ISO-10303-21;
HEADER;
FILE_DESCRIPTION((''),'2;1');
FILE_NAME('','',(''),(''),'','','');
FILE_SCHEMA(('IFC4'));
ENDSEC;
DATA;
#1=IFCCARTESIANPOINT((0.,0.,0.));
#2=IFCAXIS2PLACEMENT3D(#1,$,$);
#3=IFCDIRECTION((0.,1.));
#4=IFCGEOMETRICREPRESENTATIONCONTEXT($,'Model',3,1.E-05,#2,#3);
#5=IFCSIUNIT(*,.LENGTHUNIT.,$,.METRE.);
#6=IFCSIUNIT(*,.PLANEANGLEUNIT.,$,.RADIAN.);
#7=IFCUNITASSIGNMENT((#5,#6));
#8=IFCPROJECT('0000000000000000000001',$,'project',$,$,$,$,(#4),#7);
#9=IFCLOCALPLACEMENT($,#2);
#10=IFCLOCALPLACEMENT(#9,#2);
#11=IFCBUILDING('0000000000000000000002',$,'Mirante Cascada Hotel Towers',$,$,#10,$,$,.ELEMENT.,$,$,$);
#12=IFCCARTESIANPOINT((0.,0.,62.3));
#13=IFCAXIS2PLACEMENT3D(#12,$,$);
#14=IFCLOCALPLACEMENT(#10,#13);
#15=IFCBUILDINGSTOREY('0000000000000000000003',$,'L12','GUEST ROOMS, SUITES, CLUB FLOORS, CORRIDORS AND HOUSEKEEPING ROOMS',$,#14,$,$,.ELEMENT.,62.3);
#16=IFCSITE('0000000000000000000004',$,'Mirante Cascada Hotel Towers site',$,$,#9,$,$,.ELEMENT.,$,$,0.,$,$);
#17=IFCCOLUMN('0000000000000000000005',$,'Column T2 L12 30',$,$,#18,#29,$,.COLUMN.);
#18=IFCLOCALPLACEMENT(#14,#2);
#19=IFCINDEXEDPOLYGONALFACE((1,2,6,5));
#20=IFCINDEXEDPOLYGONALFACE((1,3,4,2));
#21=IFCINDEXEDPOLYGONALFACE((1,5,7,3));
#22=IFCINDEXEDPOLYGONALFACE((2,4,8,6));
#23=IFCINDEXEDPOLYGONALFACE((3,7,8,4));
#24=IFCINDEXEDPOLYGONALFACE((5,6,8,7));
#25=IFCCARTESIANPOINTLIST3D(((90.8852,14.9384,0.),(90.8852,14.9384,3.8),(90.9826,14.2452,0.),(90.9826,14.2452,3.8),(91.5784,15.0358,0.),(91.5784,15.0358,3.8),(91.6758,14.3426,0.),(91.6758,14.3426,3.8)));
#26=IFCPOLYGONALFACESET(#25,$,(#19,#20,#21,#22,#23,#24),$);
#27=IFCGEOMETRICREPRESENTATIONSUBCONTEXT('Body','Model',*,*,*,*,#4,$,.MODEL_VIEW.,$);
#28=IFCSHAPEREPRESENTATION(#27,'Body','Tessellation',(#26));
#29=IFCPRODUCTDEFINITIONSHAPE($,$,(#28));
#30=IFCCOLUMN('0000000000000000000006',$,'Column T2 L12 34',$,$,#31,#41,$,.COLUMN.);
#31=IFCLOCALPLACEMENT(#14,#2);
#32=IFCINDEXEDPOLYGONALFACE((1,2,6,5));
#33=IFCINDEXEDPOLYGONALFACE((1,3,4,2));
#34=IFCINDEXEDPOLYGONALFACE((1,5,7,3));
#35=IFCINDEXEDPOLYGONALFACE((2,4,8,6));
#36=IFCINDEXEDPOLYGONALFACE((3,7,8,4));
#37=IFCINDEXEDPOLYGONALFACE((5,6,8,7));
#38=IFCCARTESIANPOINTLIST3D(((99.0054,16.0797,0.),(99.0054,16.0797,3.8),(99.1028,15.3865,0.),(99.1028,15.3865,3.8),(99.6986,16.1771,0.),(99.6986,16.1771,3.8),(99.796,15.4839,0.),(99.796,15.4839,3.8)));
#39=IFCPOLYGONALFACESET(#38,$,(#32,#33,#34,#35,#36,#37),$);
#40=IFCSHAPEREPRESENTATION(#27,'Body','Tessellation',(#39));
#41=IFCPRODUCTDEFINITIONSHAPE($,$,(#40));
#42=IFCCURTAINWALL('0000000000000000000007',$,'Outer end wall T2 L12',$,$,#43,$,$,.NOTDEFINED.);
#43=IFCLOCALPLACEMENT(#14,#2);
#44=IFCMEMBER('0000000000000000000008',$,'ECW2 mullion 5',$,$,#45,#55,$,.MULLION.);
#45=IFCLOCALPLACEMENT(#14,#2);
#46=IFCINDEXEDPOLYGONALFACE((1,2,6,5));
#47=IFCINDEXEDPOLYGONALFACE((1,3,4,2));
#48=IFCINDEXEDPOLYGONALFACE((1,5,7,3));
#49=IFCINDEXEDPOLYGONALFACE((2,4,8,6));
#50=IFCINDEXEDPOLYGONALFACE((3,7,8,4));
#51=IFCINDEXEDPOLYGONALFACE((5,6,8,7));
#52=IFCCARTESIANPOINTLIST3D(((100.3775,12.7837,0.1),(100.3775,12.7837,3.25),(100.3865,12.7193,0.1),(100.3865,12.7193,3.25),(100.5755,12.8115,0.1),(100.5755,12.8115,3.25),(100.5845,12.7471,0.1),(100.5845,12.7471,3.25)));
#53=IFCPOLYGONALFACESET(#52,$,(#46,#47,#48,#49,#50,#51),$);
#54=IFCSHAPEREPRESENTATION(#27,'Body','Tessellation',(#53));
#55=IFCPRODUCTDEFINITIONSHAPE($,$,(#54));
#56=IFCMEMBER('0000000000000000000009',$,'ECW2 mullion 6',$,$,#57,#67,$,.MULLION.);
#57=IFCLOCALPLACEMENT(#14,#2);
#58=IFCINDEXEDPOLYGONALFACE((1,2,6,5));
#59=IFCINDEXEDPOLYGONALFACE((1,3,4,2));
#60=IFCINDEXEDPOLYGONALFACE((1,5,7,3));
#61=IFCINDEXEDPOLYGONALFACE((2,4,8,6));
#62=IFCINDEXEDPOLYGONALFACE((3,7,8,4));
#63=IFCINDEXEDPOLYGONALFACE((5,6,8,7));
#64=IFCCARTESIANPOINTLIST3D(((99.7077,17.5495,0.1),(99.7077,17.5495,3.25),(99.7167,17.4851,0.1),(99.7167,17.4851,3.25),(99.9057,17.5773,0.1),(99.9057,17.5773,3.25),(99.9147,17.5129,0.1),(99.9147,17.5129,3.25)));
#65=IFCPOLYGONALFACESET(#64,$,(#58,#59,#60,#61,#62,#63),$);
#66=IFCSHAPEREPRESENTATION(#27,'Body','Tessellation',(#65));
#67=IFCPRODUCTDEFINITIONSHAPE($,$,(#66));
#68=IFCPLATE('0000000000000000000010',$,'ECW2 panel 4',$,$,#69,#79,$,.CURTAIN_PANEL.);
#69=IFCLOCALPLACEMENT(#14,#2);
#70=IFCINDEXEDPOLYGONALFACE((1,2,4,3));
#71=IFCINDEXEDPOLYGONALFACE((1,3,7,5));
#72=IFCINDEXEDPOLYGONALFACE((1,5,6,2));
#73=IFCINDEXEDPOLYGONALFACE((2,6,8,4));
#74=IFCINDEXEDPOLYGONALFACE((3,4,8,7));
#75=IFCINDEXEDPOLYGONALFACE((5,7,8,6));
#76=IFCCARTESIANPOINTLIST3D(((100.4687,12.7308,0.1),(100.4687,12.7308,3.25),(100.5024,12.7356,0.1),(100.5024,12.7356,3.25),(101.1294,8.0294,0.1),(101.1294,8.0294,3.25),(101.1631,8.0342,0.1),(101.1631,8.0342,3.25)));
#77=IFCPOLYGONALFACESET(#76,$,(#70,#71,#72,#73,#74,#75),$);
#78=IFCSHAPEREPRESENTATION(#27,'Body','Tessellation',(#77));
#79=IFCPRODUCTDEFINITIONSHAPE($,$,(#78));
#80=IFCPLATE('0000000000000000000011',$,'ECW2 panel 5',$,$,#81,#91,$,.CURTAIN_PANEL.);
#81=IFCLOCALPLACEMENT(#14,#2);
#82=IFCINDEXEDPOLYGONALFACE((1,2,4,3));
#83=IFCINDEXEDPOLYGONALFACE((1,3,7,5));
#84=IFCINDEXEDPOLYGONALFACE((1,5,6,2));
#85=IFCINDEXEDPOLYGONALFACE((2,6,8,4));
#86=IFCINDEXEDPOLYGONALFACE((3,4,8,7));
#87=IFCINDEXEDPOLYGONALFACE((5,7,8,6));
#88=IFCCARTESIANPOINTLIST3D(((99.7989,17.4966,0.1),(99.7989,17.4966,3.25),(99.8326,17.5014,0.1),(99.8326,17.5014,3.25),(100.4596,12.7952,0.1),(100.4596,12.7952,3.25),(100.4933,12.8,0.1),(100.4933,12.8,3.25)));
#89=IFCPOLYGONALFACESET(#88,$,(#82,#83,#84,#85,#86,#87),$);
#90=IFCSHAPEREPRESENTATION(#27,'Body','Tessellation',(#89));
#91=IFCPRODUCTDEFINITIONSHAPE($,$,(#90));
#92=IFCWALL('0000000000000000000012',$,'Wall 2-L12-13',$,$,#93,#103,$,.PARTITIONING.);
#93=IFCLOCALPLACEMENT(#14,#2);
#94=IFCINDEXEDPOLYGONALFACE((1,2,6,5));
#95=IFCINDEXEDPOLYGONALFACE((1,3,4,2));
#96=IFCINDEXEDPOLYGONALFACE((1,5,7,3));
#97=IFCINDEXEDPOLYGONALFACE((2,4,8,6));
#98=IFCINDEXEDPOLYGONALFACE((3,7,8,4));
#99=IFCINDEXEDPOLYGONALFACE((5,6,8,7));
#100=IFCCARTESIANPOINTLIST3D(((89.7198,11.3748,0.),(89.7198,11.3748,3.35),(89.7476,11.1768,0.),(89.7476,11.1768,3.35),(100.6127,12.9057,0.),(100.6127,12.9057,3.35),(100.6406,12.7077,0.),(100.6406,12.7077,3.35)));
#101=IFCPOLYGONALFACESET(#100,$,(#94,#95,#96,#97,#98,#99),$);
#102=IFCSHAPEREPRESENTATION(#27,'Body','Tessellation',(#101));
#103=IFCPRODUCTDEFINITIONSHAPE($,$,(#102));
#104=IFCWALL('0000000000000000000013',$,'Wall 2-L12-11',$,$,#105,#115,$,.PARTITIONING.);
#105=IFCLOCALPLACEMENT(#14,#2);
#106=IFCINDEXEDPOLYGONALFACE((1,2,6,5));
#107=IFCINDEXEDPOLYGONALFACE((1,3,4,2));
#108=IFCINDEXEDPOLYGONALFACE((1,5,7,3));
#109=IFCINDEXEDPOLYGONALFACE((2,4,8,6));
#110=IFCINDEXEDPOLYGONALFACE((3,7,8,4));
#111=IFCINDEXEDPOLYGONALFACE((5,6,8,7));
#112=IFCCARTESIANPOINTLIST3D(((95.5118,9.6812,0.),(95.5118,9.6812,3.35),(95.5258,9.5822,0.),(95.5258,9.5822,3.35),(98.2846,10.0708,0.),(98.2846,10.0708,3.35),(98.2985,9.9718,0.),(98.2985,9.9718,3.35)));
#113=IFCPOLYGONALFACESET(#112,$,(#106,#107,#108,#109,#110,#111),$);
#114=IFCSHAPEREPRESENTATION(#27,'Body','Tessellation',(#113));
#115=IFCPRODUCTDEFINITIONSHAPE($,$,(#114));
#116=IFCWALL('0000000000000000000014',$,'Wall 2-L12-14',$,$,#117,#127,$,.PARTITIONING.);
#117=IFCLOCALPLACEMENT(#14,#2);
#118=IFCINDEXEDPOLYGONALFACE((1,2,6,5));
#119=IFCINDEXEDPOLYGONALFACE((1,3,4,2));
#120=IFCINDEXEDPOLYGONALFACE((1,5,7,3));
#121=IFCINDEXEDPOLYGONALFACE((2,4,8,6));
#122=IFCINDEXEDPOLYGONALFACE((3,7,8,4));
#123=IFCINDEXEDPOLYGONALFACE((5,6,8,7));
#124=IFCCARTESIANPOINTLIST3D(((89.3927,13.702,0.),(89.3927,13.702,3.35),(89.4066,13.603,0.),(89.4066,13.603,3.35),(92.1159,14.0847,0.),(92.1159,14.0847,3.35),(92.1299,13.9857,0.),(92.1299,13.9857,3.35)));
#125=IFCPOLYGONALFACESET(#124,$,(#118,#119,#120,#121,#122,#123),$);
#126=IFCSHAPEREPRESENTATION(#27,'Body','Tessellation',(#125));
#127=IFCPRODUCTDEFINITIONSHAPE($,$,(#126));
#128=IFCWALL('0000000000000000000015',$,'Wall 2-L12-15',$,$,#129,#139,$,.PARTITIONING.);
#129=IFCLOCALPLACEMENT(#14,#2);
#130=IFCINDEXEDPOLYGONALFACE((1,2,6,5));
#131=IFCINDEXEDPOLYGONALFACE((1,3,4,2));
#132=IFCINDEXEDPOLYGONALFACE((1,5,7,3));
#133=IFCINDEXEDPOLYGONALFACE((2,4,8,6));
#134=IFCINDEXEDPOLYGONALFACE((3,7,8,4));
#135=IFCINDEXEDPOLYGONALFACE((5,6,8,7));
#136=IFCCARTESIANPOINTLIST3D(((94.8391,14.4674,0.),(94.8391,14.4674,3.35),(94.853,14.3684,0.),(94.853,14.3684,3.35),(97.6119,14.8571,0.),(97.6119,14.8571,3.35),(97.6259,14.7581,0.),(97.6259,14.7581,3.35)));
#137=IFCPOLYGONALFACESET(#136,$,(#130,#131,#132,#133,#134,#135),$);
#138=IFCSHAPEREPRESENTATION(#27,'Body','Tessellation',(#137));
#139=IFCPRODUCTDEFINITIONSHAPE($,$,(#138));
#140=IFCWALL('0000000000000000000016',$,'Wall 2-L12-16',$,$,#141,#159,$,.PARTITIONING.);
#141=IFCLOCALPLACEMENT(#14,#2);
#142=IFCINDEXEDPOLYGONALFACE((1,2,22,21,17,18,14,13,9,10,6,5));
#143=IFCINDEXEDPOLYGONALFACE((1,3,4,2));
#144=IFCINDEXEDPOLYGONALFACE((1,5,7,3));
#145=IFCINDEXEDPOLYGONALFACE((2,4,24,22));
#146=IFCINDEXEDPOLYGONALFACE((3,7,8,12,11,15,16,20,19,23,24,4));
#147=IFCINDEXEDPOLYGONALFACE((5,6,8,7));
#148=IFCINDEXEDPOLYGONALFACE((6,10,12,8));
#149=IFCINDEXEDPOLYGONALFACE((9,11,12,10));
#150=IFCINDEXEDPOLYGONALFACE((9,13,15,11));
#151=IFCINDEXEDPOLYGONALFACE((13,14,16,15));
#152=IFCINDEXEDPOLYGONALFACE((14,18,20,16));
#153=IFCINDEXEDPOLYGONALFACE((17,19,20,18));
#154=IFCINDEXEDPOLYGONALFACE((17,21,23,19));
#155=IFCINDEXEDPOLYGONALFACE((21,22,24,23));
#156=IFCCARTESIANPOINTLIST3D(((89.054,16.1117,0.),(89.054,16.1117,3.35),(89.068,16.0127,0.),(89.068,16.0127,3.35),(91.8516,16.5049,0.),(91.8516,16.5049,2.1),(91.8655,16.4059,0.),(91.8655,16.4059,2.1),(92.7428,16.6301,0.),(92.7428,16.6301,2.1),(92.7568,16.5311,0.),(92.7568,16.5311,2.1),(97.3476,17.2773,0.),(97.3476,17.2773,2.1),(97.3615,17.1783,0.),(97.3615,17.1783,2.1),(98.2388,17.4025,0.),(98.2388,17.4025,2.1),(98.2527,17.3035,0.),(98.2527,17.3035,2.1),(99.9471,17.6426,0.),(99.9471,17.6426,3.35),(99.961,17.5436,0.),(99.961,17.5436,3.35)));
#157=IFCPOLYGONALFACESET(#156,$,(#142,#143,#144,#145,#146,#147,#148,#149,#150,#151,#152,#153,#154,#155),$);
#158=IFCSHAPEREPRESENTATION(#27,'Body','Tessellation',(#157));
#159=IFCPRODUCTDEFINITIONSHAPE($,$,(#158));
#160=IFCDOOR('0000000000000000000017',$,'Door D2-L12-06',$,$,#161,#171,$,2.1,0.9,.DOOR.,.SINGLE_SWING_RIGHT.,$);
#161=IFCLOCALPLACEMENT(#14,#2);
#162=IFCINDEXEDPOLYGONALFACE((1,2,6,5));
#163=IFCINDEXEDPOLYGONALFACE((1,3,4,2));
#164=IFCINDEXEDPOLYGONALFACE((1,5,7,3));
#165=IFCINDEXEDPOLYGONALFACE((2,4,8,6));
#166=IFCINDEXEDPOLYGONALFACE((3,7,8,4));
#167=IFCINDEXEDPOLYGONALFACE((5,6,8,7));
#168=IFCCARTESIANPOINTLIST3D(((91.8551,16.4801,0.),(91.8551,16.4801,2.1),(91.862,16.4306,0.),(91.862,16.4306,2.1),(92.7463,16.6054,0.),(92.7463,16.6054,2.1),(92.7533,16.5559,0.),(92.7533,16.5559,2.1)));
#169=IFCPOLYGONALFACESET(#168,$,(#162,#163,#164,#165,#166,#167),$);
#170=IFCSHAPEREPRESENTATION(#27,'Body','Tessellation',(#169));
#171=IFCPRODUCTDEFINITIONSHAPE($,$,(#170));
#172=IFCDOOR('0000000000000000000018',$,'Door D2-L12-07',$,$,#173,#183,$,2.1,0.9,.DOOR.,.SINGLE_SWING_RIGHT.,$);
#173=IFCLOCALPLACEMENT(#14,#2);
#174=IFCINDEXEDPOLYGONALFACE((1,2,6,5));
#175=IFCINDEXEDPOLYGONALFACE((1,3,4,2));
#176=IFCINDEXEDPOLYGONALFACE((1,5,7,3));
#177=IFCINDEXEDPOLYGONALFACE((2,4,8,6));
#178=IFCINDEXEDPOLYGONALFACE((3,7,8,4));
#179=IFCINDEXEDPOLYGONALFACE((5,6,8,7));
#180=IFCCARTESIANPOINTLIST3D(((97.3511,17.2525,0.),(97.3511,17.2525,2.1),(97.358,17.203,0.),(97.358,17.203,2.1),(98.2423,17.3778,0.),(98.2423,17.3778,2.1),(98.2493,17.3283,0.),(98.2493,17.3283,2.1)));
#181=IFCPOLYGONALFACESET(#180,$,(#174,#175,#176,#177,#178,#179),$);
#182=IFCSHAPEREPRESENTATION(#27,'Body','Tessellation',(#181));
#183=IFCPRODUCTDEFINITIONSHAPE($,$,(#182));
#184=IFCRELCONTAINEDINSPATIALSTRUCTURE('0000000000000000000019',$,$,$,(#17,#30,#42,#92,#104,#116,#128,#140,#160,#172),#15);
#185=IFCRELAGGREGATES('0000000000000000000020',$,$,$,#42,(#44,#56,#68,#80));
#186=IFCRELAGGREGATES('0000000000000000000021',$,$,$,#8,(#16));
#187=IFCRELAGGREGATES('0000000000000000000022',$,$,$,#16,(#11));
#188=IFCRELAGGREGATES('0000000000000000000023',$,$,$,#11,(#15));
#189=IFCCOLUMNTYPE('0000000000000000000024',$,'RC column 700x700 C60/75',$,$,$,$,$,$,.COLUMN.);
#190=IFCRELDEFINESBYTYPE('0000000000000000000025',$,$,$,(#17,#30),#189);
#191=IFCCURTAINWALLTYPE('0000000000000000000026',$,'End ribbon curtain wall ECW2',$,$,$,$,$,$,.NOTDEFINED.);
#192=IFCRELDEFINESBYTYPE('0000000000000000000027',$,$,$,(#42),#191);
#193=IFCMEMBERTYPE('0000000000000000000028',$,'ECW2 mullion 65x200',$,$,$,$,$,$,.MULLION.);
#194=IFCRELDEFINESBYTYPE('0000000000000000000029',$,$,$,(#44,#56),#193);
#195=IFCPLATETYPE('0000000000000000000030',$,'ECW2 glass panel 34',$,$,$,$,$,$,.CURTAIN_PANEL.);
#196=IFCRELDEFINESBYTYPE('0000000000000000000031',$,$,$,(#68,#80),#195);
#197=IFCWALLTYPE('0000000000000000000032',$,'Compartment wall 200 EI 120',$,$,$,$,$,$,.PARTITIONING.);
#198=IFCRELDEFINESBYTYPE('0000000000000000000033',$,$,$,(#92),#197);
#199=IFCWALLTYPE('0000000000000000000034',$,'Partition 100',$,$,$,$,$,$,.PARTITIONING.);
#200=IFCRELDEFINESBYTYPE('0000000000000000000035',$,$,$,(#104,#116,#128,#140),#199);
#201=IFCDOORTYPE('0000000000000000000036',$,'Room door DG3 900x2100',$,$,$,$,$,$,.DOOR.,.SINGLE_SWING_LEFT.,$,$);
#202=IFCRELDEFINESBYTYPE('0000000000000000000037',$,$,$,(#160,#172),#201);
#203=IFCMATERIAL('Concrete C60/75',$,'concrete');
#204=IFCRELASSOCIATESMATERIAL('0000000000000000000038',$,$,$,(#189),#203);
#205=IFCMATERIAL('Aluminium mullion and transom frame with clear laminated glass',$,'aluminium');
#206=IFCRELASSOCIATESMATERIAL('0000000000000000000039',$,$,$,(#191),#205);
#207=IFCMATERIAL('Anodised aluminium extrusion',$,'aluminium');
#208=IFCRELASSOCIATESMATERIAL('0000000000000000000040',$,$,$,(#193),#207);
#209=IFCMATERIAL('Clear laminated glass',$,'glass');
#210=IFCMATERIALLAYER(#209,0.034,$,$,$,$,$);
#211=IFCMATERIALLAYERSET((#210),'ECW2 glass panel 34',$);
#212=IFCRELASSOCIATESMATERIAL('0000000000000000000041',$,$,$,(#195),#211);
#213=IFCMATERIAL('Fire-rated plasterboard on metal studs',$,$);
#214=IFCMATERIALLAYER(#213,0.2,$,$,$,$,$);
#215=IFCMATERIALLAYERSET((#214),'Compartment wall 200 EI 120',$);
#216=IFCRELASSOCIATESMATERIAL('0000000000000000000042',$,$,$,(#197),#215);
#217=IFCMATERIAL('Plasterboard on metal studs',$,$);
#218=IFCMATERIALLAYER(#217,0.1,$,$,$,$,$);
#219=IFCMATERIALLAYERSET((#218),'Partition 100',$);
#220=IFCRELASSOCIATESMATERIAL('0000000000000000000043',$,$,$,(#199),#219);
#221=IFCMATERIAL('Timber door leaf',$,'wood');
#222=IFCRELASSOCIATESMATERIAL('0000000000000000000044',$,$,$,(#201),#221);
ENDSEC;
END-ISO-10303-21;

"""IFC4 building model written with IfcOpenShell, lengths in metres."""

from ifc_helpers import new_model, si_unit, direction, frame, frame_2d, origin, origin_2d, place, context, subcontext, project, spatial, rectangle, extrude, material, layer, layer_set, material_profile, profile_set, type_object, element, fill, aggregate, save


model = new_model("IFC4")

# Units and contexts
model_context = context("Model", 3, precision=1e-05, world=origin(), true_north=direction((0.0, 1.0)))
body_context = subcontext(model_context, "Body", "Model", "MODEL_VIEW")
ifc_project = project(units=[si_unit("LENGTHUNIT", "METRE"), si_unit("PLANEANGLEUNIT", "RADIAN")], contexts=[model_context])

# Site, building, storey
site_placement = place(None, origin())
site = spatial("IfcSite", under=ifc_project, at=site_placement, Name="Mirante Cascada Hotel Towers site", CompositionType="ELEMENT", RefElevation=0.0)
building_placement = place(site_placement, origin())
building = spatial("IfcBuilding", under=site, at=building_placement, Name="Mirante Cascada Hotel Towers", CompositionType="ELEMENT")
storey_placement = place(building_placement, frame((0.0, 0.0, 62.3)))
storey = spatial("IfcBuildingStorey", under=building, at=storey_placement, Name="L12", Description="GUEST ROOMS, SUITES, CLUB FLOORS, CORRIDORS AND HOUSEKEEPING ROOMS", CompositionType="ELEMENT", Elevation=62.3)

# Columns
ifc_material_1 = material(Name="Concrete C60/75", Category="concrete")
ifc_material_profile_1 = material_profile(ifc_material_1, rectangle(XDim=0.7, YDim=0.7, at=origin_2d()), Name="RC column 700x700 C60/75")
ifc_profile_set_1 = profile_set([ifc_material_profile_1], Name="Concrete C60/75")
column_type = type_object("IfcColumnType", Name="RC column 700x700 C60/75", PredefinedType="COLUMN", material=ifc_profile_set_1)
for number, where, z_axis, x_axis, name in (
    (1, (91.2805, 14.6405, 0.0), (0.0, 0.0, 1.0), (0.990268, 0.139173, 0.0), "Column T2 L12 30"),
    (2, (99.4007, 15.7818, 0.0), (0.0, 0.0, 1.0), (0.990268, 0.139173, 0.0), "Column T2 L12 34"),
):
    element("IfcColumn", number, at=place(storey_placement, frame(where, z_axis=z_axis, x_axis=x_axis)), inside=storey, type_object=column_type, Name=name, PredefinedType="COLUMN", context=body_context, shape_type="SweptSolid", body=[
        extrude(rectangle(XDim=0.7, YDim=0.7, at=origin_2d()), origin(), (0.0, 0.0, 1.0), 3.8),
    ])

# Curtain wall, members, plates
ifc_material_2 = material(Name="Aluminium mullion and transom frame with clear laminated glass", Category="aluminium")
curtain_wall_type = type_object("IfcCurtainWallType", Name="End ribbon curtain wall ECW2", PredefinedType="NOTDEFINED", material=ifc_material_2)
curtain_wall_placement = place(storey_placement, origin())
curtain_wall = element("IfcCurtainWall", 3, at=curtain_wall_placement, inside=storey, type_object=curtain_wall_type, Name="Outer end wall T2 L12", PredefinedType="NOTDEFINED")
ifc_material_3 = material(Name="Anodised aluminium extrusion", Category="aluminium")
ifc_material_profile_2 = material_profile(ifc_material_3, rectangle(XDim=0.2, YDim=0.065, at=origin_2d()), Name="ECW2 MULLION 65x200")
ifc_profile_set_2 = profile_set([ifc_material_profile_2], Name="Anodised aluminium extrusion")
member_type = type_object("IfcMemberType", Name="ECW2 mullion 65x200", PredefinedType="MULLION", material=ifc_profile_set_2)
member_1_placement = place(storey_placement, frame((100.481, 12.7654, 0.1), z_axis=(0.0, 0.0, 1.0), x_axis=(-0.990268, -0.139173, 0.0)))
member_1 = element("IfcMember", 4, at=member_1_placement, type_object=member_type, Name="ECW2 mullion 5", PredefinedType="MULLION", context=body_context, shape_type="SweptSolid", body=[
    extrude(rectangle(XDim=0.2, YDim=0.065, at=origin_2d()), origin(), (0.0, 0.0, 1.0), 3.15),
])
member_2_placement = place(storey_placement, frame((99.8112, 17.5312, 0.1), z_axis=(0.0, 0.0, 1.0), x_axis=(-0.990268, -0.139173, 0.0)))
member_2 = element("IfcMember", 5, at=member_2_placement, type_object=member_type, Name="ECW2 mullion 6", PredefinedType="MULLION", context=body_context, shape_type="SweptSolid", body=[
    extrude(rectangle(XDim=0.2, YDim=0.065, at=origin_2d()), origin(), (0.0, 0.0, 1.0), 3.15),
])
ifc_material_4 = material(Name="Clear laminated glass", Category="glass")
ifc_layer_1 = layer(ifc_material_4, 0.034)
ifc_layer_set_1 = layer_set([ifc_layer_1], Name="ECW2 glass panel 34")
plate_type = type_object("IfcPlateType", Name="ECW2 glass panel 34", PredefinedType="CURTAIN_PANEL", material=ifc_layer_set_1)
plate_1_placement = place(storey_placement, frame((100.8159, 10.3825, 0.1), z_axis=(0.0, 0.0, 1.0), x_axis=(-0.139173, 0.990268, 0.0)))
plate_1 = element("IfcPlate", 6, at=plate_1_placement, type_object=plate_type, Name="ECW2 panel 4", PredefinedType="CURTAIN_PANEL", context=body_context, shape_type="SweptSolid", body=[
    extrude(rectangle(XDim=4.7476, YDim=0.034, at=origin_2d()), origin(), (0.0, 0.0, 1.0), 3.15),
])
plate_2_placement = place(storey_placement, frame((100.1461, 15.1483, 0.1), z_axis=(0.0, 0.0, 1.0), x_axis=(-0.139173, 0.990268, 0.0)))
plate_2 = element("IfcPlate", 7, at=plate_2_placement, type_object=plate_type, Name="ECW2 panel 5", PredefinedType="CURTAIN_PANEL", context=body_context, shape_type="SweptSolid", body=[
    extrude(rectangle(XDim=4.7476, YDim=0.034, at=origin_2d()), origin(), (0.0, 0.0, 1.0), 3.15),
])
aggregate(curtain_wall, [member_1, member_2, plate_1, plate_2])

# Walls
ifc_material_5 = material(Name="Fire-rated plasterboard on metal studs")
ifc_layer_2 = layer(ifc_material_5, 0.2)
ifc_layer_set_2 = layer_set([ifc_layer_2], Name="Compartment wall 200 EI 120")
wall_type_1 = type_object("IfcWallType", Name="Compartment wall 200 EI 120", PredefinedType="PARTITIONING", material=ifc_layer_set_2)
wall_1_placement = place(storey_placement, frame((89.7337, 11.2758, 0.0), z_axis=(0.0, 0.0, 1.0), x_axis=(0.990268, 0.139173, 0.0)))
element("IfcWall", 8, at=wall_1_placement, inside=storey, type_object=wall_type_1, Name="Wall 2-L12-13", PredefinedType="PARTITIONING", context=body_context, shape_type="SweptSolid", body=[
    extrude(rectangle(XDim=11.0, YDim=0.2, at=frame_2d((5.5, 0.0))), origin(), (0.0, 0.0, 1.0), 3.35),
])
ifc_material_6 = material(Name="Plasterboard on metal studs")
ifc_layer_3 = layer(ifc_material_6, 0.1)
ifc_layer_set_3 = layer_set([ifc_layer_3], Name="Partition 100")
wall_type_2 = type_object("IfcWallType", Name="Partition 100", PredefinedType="PARTITIONING", material=ifc_layer_set_3)
wall_2_placement = place(storey_placement, frame((95.5188, 9.6317, 0.0), z_axis=(0.0, 0.0, 1.0), x_axis=(0.990273, 0.139141, 0.0)))
element("IfcWall", 9, at=wall_2_placement, inside=storey, type_object=wall_type_2, Name="Wall 2-L12-11", PredefinedType="PARTITIONING", context=body_context, shape_type="SweptSolid", body=[
    extrude(rectangle(XDim=2.8, YDim=0.1, at=frame_2d((1.4, 0.0))), origin(), (0.0, 0.0, 1.0), 3.35),
])
wall_3_placement = place(storey_placement, frame((92.1229, 14.0352, 0.0), z_axis=(0.0, 0.0, 1.0), x_axis=(-0.990269, -0.139166, 0.0)))
element("IfcWall", 10, at=wall_3_placement, inside=storey, type_object=wall_type_2, Name="Wall 2-L12-14", PredefinedType="PARTITIONING", context=body_context, shape_type="SweptSolid", body=[
    extrude(rectangle(XDim=2.75, YDim=0.1, at=frame_2d((1.375, 0.0))), origin(), (0.0, 0.0, 1.0), 3.35),
])
wall_4_placement = place(storey_placement, frame((94.8461, 14.4179, 0.0), z_axis=(0.0, 0.0, 1.0), x_axis=(0.990268, 0.139176, 0.0)))
element("IfcWall", 11, at=wall_4_placement, inside=storey, type_object=wall_type_2, Name="Wall 2-L12-15", PredefinedType="PARTITIONING", context=body_context, shape_type="SweptSolid", body=[
    extrude(rectangle(XDim=2.8001, YDim=0.1, at=frame_2d((1.4, 0.0))), origin(), (0.0, 0.0, 1.0), 3.35),
])

# Wall, openings, doors
wall_5_placement = place(storey_placement, frame((99.954, 17.5931, 0.0), z_axis=(0.0, 0.0, 1.0), x_axis=(-0.990268, -0.139172, 0.0)))
wall_5 = element("IfcWall", 12, at=wall_5_placement, inside=storey, type_object=wall_type_2, Name="Wall 2-L12-16", PredefinedType="PARTITIONING", context=body_context, shape_type="SweptSolid", body=[
    extrude(rectangle(XDim=11.0001, YDim=0.1, at=frame_2d((5.5, 0.0))), origin(), (0.0, 0.0, 1.0), 3.35),
])
opening_1_placement = place(wall_5_placement, frame((7.275, 0.0, 0.0)))
opening_1 = element("IfcOpeningElement", 13, at=opening_1_placement, cuts=wall_5, PredefinedType="OPENING", context=body_context, shape_type="SweptSolid", body=[
    extrude(rectangle(XDim=0.9, YDim=2.1, at=frame_2d((0.45, 1.05))), frame((0.0, 0.05, 0.0), z_axis=(0.0, -1.0, 0.0), x_axis=(1.0, 0.0, 0.0)), (0.0, 0.0, 1.0), 0.1),
])
opening_2_placement = place(wall_5_placement, frame((1.725, 0.0, 0.0)))
opening_2 = element("IfcOpeningElement", 14, at=opening_2_placement, cuts=wall_5, PredefinedType="OPENING", context=body_context, shape_type="SweptSolid", body=[
    extrude(rectangle(XDim=0.9, YDim=2.1, at=frame_2d((0.45, 1.05))), frame((0.0, 0.05, 0.0), z_axis=(0.0, -1.0, 0.0), x_axis=(1.0, 0.0, 0.0)), (0.0, 0.0, 1.0), 0.1),
])
ifc_material_7 = material(Name="Timber door leaf", Category="wood")
door_type_1 = type_object("IfcDoorType", Name="Room door DG3 900x2100", OperationType="SINGLE_SWING_LEFT", PredefinedType="DOOR", material=ifc_material_7)
door_1_placement = place(opening_1_placement, frame((0.9, 0.0, 0.0), z_axis=(0.0, 0.0, 1.0), x_axis=(-1.0, 0.0, 0.0)))
door_1 = element("IfcDoor", 15, at=door_1_placement, inside=storey, type_object=door_type_1, Name="Door D2-L12-06", OperationType="SINGLE_SWING_RIGHT", OverallHeight=2.1, OverallWidth=0.9, PredefinedType="DOOR", context=body_context, shape_type="SweptSolid", body=[
    extrude(rectangle(XDim=0.9, YDim=2.1, at=frame_2d((0.45, 1.05))), frame((0.0, 0.025, 0.0), z_axis=(0.0, -1.0, 0.0), x_axis=(1.0, 0.0, 0.0)), (0.0, 0.0, 1.0), 0.05),
])
fill(opening_1, door_1)
door_2_placement = place(opening_2_placement, frame((0.9, 0.0, 0.0), z_axis=(0.0, 0.0, 1.0), x_axis=(-1.0, 0.0, 0.0)))
door_2 = element("IfcDoor", 16, at=door_2_placement, inside=storey, type_object=door_type_1, Name="Door D2-L12-07", OperationType="SINGLE_SWING_RIGHT", OverallHeight=2.1, OverallWidth=0.9, PredefinedType="DOOR", context=body_context, shape_type="SweptSolid", body=[
    extrude(rectangle(XDim=0.9, YDim=2.1, at=frame_2d((0.45, 1.05))), frame((0.0, 0.025, 0.0), z_axis=(0.0, -1.0, 0.0), x_axis=(1.0, 0.0, 0.0)), (0.0, 0.0, 1.0), 0.05),
])
fill(opening_2, door_2)

save(model, "model.ifc")
